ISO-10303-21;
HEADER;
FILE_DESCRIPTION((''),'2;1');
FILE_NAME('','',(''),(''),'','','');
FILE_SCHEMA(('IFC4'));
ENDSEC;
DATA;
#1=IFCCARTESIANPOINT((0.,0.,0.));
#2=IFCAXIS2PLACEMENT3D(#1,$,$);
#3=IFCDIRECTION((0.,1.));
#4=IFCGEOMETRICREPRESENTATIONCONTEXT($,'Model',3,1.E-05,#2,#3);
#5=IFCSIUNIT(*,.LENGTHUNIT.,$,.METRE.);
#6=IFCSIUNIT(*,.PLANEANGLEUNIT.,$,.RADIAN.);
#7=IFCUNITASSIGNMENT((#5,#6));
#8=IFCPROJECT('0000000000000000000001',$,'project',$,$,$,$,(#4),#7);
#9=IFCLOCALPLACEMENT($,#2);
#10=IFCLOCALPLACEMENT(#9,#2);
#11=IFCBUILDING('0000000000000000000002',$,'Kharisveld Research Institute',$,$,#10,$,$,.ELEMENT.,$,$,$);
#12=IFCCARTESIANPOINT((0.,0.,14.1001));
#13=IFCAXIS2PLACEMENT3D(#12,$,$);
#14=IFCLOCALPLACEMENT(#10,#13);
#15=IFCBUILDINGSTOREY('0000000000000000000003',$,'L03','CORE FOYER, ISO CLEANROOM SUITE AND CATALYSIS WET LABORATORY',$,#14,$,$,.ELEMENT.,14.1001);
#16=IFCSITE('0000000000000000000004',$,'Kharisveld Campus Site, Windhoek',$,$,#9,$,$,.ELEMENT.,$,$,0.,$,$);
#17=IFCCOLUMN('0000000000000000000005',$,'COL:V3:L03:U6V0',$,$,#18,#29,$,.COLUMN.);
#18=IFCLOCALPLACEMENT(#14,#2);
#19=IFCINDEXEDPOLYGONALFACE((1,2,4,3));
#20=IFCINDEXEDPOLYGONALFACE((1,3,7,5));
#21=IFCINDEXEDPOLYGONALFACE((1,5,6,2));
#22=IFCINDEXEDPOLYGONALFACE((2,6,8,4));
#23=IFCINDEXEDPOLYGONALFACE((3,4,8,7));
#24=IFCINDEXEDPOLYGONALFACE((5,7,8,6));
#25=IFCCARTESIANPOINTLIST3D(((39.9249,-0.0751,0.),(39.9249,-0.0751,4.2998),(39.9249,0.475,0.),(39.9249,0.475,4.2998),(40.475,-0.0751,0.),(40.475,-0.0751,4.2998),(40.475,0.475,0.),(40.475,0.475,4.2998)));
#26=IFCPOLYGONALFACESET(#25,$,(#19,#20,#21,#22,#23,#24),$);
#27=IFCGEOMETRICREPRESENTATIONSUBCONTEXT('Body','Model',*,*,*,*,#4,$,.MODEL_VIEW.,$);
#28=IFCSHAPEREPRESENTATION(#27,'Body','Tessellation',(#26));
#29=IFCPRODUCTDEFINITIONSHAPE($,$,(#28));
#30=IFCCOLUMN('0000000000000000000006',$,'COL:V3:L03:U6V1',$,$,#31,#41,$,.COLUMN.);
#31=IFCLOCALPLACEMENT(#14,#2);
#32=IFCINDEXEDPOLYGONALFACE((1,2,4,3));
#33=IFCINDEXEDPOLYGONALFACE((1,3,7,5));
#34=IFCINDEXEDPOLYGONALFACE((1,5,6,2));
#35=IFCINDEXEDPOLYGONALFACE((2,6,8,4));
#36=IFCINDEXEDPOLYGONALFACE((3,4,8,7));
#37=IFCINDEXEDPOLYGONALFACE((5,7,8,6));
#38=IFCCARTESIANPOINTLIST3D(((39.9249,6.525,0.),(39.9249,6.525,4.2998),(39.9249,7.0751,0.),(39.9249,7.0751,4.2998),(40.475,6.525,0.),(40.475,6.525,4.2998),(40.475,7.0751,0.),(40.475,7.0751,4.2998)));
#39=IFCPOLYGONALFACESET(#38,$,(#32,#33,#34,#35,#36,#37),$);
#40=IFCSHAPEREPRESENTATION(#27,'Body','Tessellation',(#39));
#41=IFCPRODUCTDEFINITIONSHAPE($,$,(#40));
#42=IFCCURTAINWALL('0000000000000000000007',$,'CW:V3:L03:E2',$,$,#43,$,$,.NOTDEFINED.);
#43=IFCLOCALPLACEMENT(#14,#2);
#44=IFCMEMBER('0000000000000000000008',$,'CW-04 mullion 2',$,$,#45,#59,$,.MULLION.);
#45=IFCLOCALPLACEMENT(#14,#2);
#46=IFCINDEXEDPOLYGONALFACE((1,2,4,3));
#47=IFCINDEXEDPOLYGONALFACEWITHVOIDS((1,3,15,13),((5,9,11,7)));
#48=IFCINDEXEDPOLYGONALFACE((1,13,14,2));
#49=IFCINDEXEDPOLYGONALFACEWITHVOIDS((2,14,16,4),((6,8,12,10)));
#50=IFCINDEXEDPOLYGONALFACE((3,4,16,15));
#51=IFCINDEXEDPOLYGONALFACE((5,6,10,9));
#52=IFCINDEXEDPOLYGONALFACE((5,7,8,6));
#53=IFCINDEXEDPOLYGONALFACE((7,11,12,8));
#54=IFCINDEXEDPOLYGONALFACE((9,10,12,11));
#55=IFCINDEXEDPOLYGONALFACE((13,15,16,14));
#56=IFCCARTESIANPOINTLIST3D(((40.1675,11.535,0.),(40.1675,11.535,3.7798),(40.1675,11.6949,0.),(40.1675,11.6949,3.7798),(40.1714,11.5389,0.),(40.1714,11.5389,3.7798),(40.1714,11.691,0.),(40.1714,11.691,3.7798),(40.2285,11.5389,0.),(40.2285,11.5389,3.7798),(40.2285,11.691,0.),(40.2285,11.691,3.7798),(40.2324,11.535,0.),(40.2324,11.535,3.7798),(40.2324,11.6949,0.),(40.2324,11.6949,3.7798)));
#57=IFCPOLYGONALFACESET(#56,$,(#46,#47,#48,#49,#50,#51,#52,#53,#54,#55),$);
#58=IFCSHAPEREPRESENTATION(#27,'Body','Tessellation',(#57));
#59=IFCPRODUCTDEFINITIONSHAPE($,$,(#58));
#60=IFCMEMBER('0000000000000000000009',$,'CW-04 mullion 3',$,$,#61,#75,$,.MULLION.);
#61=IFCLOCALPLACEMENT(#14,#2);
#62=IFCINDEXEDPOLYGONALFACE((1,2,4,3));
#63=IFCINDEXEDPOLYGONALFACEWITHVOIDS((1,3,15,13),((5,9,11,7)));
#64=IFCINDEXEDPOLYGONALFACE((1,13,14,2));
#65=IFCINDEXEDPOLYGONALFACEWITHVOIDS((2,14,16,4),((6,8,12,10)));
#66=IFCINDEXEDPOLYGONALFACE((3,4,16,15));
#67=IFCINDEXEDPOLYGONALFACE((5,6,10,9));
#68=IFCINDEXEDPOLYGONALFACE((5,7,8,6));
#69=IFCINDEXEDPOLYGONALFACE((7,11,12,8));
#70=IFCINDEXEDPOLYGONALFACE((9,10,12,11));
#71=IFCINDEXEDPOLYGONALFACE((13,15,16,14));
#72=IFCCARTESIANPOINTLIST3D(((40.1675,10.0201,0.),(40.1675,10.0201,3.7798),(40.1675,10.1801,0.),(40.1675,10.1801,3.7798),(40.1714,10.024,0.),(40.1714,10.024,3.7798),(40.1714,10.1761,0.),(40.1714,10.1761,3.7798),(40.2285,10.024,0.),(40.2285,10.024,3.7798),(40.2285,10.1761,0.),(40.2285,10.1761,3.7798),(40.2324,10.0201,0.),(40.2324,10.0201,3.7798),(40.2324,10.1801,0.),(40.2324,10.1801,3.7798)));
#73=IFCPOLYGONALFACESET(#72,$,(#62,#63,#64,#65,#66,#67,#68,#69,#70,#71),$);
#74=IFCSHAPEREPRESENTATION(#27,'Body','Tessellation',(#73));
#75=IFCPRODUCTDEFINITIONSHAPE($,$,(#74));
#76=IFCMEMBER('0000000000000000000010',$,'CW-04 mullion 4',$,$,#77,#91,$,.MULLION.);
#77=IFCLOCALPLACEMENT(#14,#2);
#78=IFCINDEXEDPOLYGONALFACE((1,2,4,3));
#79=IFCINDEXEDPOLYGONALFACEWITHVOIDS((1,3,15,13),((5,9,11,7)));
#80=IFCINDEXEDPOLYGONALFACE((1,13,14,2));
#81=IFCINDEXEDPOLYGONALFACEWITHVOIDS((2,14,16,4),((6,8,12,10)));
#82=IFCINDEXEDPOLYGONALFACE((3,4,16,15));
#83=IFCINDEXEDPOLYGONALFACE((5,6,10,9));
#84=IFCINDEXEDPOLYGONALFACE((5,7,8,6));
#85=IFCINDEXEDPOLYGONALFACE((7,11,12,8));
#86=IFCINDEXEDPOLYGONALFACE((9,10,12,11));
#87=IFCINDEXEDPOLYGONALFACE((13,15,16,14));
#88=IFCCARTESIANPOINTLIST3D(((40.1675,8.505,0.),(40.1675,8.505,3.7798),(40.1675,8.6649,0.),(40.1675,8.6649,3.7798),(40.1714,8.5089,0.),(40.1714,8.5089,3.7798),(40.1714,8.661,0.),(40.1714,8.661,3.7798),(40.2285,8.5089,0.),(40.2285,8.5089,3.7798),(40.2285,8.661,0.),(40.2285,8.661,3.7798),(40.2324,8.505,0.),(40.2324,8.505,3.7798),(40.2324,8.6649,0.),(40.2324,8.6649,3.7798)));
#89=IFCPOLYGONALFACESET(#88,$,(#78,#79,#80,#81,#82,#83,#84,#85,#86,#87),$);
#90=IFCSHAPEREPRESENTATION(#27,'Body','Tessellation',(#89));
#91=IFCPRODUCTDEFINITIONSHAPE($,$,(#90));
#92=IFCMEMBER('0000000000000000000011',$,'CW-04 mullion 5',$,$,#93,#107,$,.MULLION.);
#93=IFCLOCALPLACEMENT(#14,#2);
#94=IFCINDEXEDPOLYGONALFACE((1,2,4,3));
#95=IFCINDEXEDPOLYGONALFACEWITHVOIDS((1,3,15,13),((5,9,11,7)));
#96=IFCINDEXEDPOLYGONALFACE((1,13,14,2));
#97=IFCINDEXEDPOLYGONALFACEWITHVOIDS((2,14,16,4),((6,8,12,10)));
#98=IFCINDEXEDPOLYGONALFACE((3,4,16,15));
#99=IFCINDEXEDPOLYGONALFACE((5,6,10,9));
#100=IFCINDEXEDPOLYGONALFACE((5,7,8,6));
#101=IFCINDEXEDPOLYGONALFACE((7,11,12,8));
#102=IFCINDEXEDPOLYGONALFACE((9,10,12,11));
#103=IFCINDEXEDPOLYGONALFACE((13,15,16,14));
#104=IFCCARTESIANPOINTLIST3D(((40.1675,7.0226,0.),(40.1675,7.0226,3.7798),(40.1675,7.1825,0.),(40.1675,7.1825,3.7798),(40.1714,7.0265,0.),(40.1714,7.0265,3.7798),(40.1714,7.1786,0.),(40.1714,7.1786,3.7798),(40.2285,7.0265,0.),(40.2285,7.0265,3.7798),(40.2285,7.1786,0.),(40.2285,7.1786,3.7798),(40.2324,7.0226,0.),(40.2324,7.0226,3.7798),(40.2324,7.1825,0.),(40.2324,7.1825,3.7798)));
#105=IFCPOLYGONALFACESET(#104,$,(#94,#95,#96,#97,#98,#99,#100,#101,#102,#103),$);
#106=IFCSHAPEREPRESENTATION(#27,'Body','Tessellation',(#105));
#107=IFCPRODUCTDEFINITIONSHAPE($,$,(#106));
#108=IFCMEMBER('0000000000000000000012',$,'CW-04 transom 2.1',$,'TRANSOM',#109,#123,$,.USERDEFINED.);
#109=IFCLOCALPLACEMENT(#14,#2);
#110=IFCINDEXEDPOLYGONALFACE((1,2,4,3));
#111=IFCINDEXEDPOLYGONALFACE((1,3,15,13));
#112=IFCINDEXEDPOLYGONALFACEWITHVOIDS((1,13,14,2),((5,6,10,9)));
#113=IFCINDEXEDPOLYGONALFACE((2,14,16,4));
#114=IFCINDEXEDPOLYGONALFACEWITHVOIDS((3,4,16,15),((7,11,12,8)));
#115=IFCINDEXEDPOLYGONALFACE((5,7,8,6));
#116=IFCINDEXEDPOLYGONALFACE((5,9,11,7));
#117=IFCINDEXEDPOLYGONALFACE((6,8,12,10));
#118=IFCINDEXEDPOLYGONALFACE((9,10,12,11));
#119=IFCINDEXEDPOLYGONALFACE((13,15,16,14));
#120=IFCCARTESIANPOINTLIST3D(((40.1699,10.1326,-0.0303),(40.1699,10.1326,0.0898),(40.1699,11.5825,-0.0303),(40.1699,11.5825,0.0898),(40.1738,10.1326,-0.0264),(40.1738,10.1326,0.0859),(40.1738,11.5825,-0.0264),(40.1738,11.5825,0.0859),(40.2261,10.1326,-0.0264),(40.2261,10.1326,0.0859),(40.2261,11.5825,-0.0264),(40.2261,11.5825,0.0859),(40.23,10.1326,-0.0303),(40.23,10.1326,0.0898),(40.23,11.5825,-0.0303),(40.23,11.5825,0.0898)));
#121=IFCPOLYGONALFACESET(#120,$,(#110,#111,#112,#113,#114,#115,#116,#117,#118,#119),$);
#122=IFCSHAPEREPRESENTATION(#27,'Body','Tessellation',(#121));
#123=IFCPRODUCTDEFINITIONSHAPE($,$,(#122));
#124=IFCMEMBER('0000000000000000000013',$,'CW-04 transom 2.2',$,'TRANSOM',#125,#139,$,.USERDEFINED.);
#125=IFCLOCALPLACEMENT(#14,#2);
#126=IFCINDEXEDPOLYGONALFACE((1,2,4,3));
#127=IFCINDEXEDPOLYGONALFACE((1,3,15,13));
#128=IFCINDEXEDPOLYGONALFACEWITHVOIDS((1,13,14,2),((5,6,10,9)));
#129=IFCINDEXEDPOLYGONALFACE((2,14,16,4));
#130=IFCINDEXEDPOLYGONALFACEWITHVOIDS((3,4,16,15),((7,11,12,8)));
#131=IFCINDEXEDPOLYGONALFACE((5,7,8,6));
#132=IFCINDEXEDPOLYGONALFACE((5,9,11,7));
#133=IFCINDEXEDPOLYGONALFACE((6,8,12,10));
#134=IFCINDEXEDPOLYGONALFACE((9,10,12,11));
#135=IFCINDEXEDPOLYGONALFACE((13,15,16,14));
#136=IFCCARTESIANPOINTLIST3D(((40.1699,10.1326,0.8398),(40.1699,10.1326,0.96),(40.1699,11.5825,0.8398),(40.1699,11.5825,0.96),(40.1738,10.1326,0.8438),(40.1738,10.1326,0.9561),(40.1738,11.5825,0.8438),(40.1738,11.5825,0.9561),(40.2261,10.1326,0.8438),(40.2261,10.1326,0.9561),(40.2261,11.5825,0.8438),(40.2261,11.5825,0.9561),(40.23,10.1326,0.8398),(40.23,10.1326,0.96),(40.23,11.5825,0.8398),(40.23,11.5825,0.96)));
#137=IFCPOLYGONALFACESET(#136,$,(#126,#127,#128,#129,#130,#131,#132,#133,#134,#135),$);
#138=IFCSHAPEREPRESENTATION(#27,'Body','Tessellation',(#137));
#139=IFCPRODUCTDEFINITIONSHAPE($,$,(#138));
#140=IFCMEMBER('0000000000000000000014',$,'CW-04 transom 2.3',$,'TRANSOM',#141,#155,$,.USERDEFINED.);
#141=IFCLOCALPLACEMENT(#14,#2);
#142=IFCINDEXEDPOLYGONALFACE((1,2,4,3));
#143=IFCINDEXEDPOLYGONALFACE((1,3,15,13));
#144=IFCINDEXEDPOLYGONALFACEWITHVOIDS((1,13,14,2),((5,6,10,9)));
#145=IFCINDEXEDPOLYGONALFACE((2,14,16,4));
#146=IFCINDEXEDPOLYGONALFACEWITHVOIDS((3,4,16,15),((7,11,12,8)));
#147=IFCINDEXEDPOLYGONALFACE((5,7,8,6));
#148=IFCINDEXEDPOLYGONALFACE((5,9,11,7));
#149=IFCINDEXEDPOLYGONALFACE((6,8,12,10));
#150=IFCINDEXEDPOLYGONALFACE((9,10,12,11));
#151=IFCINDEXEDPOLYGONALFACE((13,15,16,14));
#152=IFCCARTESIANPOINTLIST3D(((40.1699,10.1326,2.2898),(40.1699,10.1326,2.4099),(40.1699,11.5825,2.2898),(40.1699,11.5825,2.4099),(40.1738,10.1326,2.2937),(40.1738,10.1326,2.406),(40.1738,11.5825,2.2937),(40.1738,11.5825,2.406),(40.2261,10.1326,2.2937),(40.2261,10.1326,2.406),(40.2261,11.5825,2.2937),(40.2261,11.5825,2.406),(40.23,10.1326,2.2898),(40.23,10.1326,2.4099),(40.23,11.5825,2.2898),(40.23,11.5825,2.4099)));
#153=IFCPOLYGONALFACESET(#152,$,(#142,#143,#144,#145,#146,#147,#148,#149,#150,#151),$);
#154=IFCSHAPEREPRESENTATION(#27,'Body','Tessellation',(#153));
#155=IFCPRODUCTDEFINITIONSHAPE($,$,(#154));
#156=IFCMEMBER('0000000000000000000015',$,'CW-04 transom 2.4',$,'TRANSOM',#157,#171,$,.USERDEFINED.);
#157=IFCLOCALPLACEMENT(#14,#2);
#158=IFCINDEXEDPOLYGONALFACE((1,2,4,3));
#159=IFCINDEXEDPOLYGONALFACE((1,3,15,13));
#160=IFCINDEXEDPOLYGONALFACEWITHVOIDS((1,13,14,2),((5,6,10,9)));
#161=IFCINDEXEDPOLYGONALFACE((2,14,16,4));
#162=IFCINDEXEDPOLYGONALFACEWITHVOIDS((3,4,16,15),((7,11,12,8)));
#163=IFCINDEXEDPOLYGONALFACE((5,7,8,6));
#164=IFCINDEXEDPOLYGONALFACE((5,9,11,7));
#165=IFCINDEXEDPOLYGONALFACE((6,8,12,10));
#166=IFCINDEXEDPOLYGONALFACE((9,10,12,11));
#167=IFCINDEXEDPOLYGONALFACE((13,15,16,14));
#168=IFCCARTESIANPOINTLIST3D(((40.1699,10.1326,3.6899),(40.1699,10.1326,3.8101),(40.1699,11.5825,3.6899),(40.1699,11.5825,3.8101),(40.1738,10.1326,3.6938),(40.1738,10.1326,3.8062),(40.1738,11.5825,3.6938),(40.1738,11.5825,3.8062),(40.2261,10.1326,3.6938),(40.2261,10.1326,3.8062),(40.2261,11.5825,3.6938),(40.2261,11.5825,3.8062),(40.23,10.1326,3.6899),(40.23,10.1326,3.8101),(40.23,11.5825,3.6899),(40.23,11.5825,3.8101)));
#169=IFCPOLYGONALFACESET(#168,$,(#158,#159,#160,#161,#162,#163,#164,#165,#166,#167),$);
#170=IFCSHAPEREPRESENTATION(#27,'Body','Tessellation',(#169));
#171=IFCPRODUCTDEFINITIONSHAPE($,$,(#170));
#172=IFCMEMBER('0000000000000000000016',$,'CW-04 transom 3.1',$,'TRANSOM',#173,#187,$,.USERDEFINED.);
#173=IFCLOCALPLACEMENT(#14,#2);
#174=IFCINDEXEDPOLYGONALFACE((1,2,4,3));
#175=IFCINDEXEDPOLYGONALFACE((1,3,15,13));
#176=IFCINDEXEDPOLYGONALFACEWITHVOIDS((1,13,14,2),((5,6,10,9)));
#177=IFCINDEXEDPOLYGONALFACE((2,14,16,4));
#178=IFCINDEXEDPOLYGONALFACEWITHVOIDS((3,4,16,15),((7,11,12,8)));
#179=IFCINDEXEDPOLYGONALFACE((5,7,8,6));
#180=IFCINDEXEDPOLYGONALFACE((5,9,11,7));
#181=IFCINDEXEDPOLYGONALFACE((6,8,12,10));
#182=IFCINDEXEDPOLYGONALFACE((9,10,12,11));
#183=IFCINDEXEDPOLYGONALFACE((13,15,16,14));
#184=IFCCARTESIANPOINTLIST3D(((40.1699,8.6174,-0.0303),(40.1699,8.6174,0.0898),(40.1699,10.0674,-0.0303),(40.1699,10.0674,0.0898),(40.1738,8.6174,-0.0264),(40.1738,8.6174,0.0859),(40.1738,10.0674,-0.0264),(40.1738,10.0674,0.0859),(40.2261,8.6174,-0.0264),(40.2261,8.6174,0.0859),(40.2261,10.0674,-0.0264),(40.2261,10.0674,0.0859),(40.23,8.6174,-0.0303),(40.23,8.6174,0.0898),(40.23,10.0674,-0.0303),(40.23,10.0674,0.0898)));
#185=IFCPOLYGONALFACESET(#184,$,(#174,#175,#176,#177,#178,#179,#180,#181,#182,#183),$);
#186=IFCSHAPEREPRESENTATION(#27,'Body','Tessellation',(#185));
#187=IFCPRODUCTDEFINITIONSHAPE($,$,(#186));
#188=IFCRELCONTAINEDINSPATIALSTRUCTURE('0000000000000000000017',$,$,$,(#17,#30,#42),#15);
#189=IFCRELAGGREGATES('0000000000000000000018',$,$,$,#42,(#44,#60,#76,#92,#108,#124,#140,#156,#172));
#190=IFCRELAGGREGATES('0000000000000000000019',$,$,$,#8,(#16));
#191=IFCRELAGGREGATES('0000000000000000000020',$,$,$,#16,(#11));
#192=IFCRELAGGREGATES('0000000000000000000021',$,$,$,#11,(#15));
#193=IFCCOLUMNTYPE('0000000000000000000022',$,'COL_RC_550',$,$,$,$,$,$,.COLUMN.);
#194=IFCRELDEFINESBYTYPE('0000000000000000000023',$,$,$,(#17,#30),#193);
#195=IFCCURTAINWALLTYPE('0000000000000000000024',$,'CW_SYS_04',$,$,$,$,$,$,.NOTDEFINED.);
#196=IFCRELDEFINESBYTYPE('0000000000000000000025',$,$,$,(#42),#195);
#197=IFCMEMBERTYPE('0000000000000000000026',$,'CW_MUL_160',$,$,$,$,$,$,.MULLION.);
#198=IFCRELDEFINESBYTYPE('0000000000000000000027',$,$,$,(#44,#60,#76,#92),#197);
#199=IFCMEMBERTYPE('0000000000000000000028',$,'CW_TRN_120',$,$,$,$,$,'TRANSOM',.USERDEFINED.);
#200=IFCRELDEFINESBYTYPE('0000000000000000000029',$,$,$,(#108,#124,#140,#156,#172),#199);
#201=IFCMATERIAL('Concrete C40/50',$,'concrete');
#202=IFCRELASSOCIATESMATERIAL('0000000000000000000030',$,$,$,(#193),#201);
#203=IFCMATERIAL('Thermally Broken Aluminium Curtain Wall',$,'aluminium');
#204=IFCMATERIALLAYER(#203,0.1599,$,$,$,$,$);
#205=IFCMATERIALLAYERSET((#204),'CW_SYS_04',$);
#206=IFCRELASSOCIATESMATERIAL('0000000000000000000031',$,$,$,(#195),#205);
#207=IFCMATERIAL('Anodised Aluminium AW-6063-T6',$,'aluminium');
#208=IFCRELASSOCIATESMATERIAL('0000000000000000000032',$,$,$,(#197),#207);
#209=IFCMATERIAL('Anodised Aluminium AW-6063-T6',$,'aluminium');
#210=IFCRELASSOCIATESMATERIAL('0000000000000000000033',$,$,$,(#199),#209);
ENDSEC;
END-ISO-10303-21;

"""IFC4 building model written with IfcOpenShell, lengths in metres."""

from ifc_helpers import new_model, si_unit, direction, frame, origin, origin_2d, place, context, subcontext, project, spatial, rectangle, hollow_rectangle, extrude, material, layer, layer_set, material_profile, profile_set, type_object, element, aggregate, save


model = new_model("IFC4")

# Units and contexts
model_context = context("Model", 3, precision=1e-05, world=origin(), true_north=direction((0.0, 1.0)))
body_context = subcontext(model_context, "Body", "Model", "MODEL_VIEW")
ifc_project = project(units=[si_unit("LENGTHUNIT", "METRE"), si_unit("PLANEANGLEUNIT", "RADIAN")], contexts=[model_context])

# Site, building, storey
site_placement = place(None, origin())
site = spatial("IfcSite", under=ifc_project, at=site_placement, Name="Kharisveld Campus Site, Windhoek", CompositionType="ELEMENT", RefElevation=0.0)
building_placement = place(site_placement, origin())
building = spatial("IfcBuilding", under=site, at=building_placement, Name="Kharisveld Research Institute", CompositionType="ELEMENT")
storey_placement = place(building_placement, frame((0.0, 0.0, 14.1001)))
storey = spatial("IfcBuildingStorey", under=building, at=storey_placement, Name="L03", Description="CORE FOYER, ISO CLEANROOM SUITE AND CATALYSIS WET LABORATORY", CompositionType="ELEMENT", Elevation=14.1001)

# Columns
ifc_material_1 = material(Name="Concrete C40/50", Category="concrete")
ifc_material_profile_1 = material_profile(ifc_material_1, rectangle(XDim=0.55, YDim=0.55, at=origin_2d()))
ifc_profile_set_1 = profile_set([ifc_material_profile_1], Name="Concrete C40/50")
column_type = type_object("IfcColumnType", Name="COL_RC_550", PredefinedType="COLUMN", material=ifc_profile_set_1)
for number, where, z_axis, x_axis, name in (
    (1, (40.2, 0.2, 0.0), (0.0, 0.0, 1.0), (1.0, 0.0, 0.0), "COL:V3:L03:U6V0"),
    (2, (40.2, 6.8, 0.0), (0.0, 0.0, 1.0), (1.0, 0.0, 0.0), "COL:V3:L03:U6V1"),
):
    element("IfcColumn", number, at=place(storey_placement, frame(where, z_axis=z_axis, x_axis=x_axis)), inside=storey, type_object=column_type, Name=name, PredefinedType="COLUMN", context=body_context, shape_type="SweptSolid", body=[
        extrude(rectangle(XDim=0.55, YDim=0.55, at=origin_2d()), origin(), (0.0, 0.0, 1.0), 4.2998),
    ])

# Curtain wall, members
ifc_material_2 = material(Name="Thermally Broken Aluminium Curtain Wall", Category="aluminium")
ifc_layer_1 = layer(ifc_material_2, 0.1599)
ifc_layer_set_1 = layer_set([ifc_layer_1], Name="CW_SYS_04")
curtain_wall_type = type_object("IfcCurtainWallType", Name="CW_SYS_04", PredefinedType="NOTDEFINED", material=ifc_layer_set_1)
curtain_wall_placement = place(storey_placement, origin())
curtain_wall = element("IfcCurtainWall", 3, at=curtain_wall_placement, inside=storey, type_object=curtain_wall_type, Name="CW:V3:L03:E2", PredefinedType="NOTDEFINED")
ifc_material_3 = material(Name="Anodised Aluminium AW-6063-T6", Category="aluminium")
ifc_material_profile_2 = material_profile(ifc_material_3, hollow_rectangle(XDim=0.0649, YDim=0.1599, WallThickness=0.0039, at=origin_2d()))
ifc_profile_set_2 = profile_set([ifc_material_profile_2], Name="Anodised Aluminium AW-6063-T6")
member_type_1 = type_object("IfcMemberType", Name="CW_MUL_160", PredefinedType="MULLION", material=ifc_profile_set_2)
member_1_placement = place(storey_placement, frame((40.2, 11.615, 0.0), z_axis=(0.0, 0.0, 1.0), x_axis=(1.0, 0.0, 0.0)))
member_1 = element("IfcMember", 4, at=member_1_placement, type_object=member_type_1, Name="CW-04 mullion 2", PredefinedType="MULLION", context=body_context, shape_type="SweptSolid", body=[
    extrude(hollow_rectangle(XDim=0.0649, YDim=0.1599, WallThickness=0.0039, at=origin_2d()), origin(), (0.0, 0.0, 1.0), 3.7798),
])
member_2_placement = place(storey_placement, frame((40.2, 10.1001, 0.0), z_axis=(0.0, 0.0, 1.0), x_axis=(1.0, 0.0, 0.0)))
member_2 = element("IfcMember", 5, at=member_2_placement, type_object=member_type_1, Name="CW-04 mullion 3", PredefinedType="MULLION", context=body_context, shape_type="SweptSolid", body=[
    extrude(hollow_rectangle(XDim=0.0649, YDim=0.1599, WallThickness=0.0039, at=origin_2d()), origin(), (0.0, 0.0, 1.0), 3.7798),
])
member_3_placement = place(storey_placement, frame((40.2, 8.585, 0.0), z_axis=(0.0, 0.0, 1.0), x_axis=(1.0, 0.0, 0.0)))
member_3 = element("IfcMember", 6, at=member_3_placement, type_object=member_type_1, Name="CW-04 mullion 4", PredefinedType="MULLION", context=body_context, shape_type="SweptSolid", body=[
    extrude(hollow_rectangle(XDim=0.0649, YDim=0.1599, WallThickness=0.0039, at=origin_2d()), origin(), (0.0, 0.0, 1.0), 3.7798),
])
member_4_placement = place(storey_placement, frame((40.2, 7.1025, 0.0), z_axis=(0.0, 0.0, 1.0), x_axis=(1.0, 0.0, 0.0)))
member_4 = element("IfcMember", 7, at=member_4_placement, type_object=member_type_1, Name="CW-04 mullion 5", PredefinedType="MULLION", context=body_context, shape_type="SweptSolid", body=[
    extrude(hollow_rectangle(XDim=0.0649, YDim=0.1599, WallThickness=0.0039, at=origin_2d()), origin(), (0.0, 0.0, 1.0), 3.7798),
])
ifc_material_4 = material(Name="Anodised Aluminium AW-6063-T6", Category="aluminium")
ifc_material_profile_3 = material_profile(ifc_material_4, hollow_rectangle(XDim=0.0601, YDim=0.1201, WallThickness=0.0039, at=origin_2d()))
ifc_profile_set_3 = profile_set([ifc_material_profile_3], Name="Anodised Aluminium AW-6063-T6")
member_type_2 = type_object("IfcMemberType", Name="CW_TRN_120", ElementType="TRANSOM", PredefinedType="USERDEFINED", material=ifc_profile_set_3)
member_5_placement = place(storey_placement, frame((40.2, 11.5825, 0.0298), z_axis=(0.0, -1.0, 0.0), x_axis=(1.0, 0.0, 0.0)))
member_5 = element("IfcMember", 8, at=member_5_placement, type_object=member_type_2, Name="CW-04 transom 2.1", ObjectType="TRANSOM", PredefinedType="USERDEFINED", context=body_context, shape_type="SweptSolid", body=[
    extrude(hollow_rectangle(XDim=0.0601, YDim=0.1201, WallThickness=0.0039, at=origin_2d()), origin(), (0.0, 0.0, 1.0), 1.45),
])
member_6_placement = place(storey_placement, frame((40.2, 11.5825, 0.8999), z_axis=(0.0, -1.0, 0.0), x_axis=(1.0, 0.0, 0.0)))
member_6 = element("IfcMember", 9, at=member_6_placement, type_object=member_type_2, Name="CW-04 transom 2.2", ObjectType="TRANSOM", PredefinedType="USERDEFINED", context=body_context, shape_type="SweptSolid", body=[
    extrude(hollow_rectangle(XDim=0.0601, YDim=0.1201, WallThickness=0.0039, at=origin_2d()), origin(), (0.0, 0.0, 1.0), 1.45),
])
member_7_placement = place(storey_placement, frame((40.2, 11.5825, 2.3499), z_axis=(0.0, -1.0, 0.0), x_axis=(1.0, 0.0, 0.0)))
member_7 = element("IfcMember", 10, at=member_7_placement, type_object=member_type_2, Name="CW-04 transom 2.3", ObjectType="TRANSOM", PredefinedType="USERDEFINED", context=body_context, shape_type="SweptSolid", body=[
    extrude(hollow_rectangle(XDim=0.0601, YDim=0.1201, WallThickness=0.0039, at=origin_2d()), origin(), (0.0, 0.0, 1.0), 1.45),
])
member_8_placement = place(storey_placement, frame((40.2, 11.5825, 3.75), z_axis=(0.0, -1.0, 0.0), x_axis=(1.0, 0.0, 0.0)))
member_8 = element("IfcMember", 11, at=member_8_placement, type_object=member_type_2, Name="CW-04 transom 2.4", ObjectType="TRANSOM", PredefinedType="USERDEFINED", context=body_context, shape_type="SweptSolid", body=[
    extrude(hollow_rectangle(XDim=0.0601, YDim=0.1201, WallThickness=0.0039, at=origin_2d()), origin(), (0.0, 0.0, 1.0), 1.45),
])
member_9_placement = place(storey_placement, frame((40.2, 10.0674, 0.0298), z_axis=(0.0, -1.0, 0.0), x_axis=(1.0, 0.0, 0.0)))
member_9 = element("IfcMember", 12, at=member_9_placement, type_object=member_type_2, Name="CW-04 transom 3.1", ObjectType="TRANSOM", PredefinedType="USERDEFINED", context=body_context, shape_type="SweptSolid", body=[
    extrude(hollow_rectangle(XDim=0.0601, YDim=0.1201, WallThickness=0.0039, at=origin_2d()), origin(), (0.0, 0.0, 1.0), 1.45),
])

aggregate(curtain_wall, [member_1, member_2, member_3, member_4, member_5, member_6, member_7, member_8, member_9])

save(model, "model.ifc")
